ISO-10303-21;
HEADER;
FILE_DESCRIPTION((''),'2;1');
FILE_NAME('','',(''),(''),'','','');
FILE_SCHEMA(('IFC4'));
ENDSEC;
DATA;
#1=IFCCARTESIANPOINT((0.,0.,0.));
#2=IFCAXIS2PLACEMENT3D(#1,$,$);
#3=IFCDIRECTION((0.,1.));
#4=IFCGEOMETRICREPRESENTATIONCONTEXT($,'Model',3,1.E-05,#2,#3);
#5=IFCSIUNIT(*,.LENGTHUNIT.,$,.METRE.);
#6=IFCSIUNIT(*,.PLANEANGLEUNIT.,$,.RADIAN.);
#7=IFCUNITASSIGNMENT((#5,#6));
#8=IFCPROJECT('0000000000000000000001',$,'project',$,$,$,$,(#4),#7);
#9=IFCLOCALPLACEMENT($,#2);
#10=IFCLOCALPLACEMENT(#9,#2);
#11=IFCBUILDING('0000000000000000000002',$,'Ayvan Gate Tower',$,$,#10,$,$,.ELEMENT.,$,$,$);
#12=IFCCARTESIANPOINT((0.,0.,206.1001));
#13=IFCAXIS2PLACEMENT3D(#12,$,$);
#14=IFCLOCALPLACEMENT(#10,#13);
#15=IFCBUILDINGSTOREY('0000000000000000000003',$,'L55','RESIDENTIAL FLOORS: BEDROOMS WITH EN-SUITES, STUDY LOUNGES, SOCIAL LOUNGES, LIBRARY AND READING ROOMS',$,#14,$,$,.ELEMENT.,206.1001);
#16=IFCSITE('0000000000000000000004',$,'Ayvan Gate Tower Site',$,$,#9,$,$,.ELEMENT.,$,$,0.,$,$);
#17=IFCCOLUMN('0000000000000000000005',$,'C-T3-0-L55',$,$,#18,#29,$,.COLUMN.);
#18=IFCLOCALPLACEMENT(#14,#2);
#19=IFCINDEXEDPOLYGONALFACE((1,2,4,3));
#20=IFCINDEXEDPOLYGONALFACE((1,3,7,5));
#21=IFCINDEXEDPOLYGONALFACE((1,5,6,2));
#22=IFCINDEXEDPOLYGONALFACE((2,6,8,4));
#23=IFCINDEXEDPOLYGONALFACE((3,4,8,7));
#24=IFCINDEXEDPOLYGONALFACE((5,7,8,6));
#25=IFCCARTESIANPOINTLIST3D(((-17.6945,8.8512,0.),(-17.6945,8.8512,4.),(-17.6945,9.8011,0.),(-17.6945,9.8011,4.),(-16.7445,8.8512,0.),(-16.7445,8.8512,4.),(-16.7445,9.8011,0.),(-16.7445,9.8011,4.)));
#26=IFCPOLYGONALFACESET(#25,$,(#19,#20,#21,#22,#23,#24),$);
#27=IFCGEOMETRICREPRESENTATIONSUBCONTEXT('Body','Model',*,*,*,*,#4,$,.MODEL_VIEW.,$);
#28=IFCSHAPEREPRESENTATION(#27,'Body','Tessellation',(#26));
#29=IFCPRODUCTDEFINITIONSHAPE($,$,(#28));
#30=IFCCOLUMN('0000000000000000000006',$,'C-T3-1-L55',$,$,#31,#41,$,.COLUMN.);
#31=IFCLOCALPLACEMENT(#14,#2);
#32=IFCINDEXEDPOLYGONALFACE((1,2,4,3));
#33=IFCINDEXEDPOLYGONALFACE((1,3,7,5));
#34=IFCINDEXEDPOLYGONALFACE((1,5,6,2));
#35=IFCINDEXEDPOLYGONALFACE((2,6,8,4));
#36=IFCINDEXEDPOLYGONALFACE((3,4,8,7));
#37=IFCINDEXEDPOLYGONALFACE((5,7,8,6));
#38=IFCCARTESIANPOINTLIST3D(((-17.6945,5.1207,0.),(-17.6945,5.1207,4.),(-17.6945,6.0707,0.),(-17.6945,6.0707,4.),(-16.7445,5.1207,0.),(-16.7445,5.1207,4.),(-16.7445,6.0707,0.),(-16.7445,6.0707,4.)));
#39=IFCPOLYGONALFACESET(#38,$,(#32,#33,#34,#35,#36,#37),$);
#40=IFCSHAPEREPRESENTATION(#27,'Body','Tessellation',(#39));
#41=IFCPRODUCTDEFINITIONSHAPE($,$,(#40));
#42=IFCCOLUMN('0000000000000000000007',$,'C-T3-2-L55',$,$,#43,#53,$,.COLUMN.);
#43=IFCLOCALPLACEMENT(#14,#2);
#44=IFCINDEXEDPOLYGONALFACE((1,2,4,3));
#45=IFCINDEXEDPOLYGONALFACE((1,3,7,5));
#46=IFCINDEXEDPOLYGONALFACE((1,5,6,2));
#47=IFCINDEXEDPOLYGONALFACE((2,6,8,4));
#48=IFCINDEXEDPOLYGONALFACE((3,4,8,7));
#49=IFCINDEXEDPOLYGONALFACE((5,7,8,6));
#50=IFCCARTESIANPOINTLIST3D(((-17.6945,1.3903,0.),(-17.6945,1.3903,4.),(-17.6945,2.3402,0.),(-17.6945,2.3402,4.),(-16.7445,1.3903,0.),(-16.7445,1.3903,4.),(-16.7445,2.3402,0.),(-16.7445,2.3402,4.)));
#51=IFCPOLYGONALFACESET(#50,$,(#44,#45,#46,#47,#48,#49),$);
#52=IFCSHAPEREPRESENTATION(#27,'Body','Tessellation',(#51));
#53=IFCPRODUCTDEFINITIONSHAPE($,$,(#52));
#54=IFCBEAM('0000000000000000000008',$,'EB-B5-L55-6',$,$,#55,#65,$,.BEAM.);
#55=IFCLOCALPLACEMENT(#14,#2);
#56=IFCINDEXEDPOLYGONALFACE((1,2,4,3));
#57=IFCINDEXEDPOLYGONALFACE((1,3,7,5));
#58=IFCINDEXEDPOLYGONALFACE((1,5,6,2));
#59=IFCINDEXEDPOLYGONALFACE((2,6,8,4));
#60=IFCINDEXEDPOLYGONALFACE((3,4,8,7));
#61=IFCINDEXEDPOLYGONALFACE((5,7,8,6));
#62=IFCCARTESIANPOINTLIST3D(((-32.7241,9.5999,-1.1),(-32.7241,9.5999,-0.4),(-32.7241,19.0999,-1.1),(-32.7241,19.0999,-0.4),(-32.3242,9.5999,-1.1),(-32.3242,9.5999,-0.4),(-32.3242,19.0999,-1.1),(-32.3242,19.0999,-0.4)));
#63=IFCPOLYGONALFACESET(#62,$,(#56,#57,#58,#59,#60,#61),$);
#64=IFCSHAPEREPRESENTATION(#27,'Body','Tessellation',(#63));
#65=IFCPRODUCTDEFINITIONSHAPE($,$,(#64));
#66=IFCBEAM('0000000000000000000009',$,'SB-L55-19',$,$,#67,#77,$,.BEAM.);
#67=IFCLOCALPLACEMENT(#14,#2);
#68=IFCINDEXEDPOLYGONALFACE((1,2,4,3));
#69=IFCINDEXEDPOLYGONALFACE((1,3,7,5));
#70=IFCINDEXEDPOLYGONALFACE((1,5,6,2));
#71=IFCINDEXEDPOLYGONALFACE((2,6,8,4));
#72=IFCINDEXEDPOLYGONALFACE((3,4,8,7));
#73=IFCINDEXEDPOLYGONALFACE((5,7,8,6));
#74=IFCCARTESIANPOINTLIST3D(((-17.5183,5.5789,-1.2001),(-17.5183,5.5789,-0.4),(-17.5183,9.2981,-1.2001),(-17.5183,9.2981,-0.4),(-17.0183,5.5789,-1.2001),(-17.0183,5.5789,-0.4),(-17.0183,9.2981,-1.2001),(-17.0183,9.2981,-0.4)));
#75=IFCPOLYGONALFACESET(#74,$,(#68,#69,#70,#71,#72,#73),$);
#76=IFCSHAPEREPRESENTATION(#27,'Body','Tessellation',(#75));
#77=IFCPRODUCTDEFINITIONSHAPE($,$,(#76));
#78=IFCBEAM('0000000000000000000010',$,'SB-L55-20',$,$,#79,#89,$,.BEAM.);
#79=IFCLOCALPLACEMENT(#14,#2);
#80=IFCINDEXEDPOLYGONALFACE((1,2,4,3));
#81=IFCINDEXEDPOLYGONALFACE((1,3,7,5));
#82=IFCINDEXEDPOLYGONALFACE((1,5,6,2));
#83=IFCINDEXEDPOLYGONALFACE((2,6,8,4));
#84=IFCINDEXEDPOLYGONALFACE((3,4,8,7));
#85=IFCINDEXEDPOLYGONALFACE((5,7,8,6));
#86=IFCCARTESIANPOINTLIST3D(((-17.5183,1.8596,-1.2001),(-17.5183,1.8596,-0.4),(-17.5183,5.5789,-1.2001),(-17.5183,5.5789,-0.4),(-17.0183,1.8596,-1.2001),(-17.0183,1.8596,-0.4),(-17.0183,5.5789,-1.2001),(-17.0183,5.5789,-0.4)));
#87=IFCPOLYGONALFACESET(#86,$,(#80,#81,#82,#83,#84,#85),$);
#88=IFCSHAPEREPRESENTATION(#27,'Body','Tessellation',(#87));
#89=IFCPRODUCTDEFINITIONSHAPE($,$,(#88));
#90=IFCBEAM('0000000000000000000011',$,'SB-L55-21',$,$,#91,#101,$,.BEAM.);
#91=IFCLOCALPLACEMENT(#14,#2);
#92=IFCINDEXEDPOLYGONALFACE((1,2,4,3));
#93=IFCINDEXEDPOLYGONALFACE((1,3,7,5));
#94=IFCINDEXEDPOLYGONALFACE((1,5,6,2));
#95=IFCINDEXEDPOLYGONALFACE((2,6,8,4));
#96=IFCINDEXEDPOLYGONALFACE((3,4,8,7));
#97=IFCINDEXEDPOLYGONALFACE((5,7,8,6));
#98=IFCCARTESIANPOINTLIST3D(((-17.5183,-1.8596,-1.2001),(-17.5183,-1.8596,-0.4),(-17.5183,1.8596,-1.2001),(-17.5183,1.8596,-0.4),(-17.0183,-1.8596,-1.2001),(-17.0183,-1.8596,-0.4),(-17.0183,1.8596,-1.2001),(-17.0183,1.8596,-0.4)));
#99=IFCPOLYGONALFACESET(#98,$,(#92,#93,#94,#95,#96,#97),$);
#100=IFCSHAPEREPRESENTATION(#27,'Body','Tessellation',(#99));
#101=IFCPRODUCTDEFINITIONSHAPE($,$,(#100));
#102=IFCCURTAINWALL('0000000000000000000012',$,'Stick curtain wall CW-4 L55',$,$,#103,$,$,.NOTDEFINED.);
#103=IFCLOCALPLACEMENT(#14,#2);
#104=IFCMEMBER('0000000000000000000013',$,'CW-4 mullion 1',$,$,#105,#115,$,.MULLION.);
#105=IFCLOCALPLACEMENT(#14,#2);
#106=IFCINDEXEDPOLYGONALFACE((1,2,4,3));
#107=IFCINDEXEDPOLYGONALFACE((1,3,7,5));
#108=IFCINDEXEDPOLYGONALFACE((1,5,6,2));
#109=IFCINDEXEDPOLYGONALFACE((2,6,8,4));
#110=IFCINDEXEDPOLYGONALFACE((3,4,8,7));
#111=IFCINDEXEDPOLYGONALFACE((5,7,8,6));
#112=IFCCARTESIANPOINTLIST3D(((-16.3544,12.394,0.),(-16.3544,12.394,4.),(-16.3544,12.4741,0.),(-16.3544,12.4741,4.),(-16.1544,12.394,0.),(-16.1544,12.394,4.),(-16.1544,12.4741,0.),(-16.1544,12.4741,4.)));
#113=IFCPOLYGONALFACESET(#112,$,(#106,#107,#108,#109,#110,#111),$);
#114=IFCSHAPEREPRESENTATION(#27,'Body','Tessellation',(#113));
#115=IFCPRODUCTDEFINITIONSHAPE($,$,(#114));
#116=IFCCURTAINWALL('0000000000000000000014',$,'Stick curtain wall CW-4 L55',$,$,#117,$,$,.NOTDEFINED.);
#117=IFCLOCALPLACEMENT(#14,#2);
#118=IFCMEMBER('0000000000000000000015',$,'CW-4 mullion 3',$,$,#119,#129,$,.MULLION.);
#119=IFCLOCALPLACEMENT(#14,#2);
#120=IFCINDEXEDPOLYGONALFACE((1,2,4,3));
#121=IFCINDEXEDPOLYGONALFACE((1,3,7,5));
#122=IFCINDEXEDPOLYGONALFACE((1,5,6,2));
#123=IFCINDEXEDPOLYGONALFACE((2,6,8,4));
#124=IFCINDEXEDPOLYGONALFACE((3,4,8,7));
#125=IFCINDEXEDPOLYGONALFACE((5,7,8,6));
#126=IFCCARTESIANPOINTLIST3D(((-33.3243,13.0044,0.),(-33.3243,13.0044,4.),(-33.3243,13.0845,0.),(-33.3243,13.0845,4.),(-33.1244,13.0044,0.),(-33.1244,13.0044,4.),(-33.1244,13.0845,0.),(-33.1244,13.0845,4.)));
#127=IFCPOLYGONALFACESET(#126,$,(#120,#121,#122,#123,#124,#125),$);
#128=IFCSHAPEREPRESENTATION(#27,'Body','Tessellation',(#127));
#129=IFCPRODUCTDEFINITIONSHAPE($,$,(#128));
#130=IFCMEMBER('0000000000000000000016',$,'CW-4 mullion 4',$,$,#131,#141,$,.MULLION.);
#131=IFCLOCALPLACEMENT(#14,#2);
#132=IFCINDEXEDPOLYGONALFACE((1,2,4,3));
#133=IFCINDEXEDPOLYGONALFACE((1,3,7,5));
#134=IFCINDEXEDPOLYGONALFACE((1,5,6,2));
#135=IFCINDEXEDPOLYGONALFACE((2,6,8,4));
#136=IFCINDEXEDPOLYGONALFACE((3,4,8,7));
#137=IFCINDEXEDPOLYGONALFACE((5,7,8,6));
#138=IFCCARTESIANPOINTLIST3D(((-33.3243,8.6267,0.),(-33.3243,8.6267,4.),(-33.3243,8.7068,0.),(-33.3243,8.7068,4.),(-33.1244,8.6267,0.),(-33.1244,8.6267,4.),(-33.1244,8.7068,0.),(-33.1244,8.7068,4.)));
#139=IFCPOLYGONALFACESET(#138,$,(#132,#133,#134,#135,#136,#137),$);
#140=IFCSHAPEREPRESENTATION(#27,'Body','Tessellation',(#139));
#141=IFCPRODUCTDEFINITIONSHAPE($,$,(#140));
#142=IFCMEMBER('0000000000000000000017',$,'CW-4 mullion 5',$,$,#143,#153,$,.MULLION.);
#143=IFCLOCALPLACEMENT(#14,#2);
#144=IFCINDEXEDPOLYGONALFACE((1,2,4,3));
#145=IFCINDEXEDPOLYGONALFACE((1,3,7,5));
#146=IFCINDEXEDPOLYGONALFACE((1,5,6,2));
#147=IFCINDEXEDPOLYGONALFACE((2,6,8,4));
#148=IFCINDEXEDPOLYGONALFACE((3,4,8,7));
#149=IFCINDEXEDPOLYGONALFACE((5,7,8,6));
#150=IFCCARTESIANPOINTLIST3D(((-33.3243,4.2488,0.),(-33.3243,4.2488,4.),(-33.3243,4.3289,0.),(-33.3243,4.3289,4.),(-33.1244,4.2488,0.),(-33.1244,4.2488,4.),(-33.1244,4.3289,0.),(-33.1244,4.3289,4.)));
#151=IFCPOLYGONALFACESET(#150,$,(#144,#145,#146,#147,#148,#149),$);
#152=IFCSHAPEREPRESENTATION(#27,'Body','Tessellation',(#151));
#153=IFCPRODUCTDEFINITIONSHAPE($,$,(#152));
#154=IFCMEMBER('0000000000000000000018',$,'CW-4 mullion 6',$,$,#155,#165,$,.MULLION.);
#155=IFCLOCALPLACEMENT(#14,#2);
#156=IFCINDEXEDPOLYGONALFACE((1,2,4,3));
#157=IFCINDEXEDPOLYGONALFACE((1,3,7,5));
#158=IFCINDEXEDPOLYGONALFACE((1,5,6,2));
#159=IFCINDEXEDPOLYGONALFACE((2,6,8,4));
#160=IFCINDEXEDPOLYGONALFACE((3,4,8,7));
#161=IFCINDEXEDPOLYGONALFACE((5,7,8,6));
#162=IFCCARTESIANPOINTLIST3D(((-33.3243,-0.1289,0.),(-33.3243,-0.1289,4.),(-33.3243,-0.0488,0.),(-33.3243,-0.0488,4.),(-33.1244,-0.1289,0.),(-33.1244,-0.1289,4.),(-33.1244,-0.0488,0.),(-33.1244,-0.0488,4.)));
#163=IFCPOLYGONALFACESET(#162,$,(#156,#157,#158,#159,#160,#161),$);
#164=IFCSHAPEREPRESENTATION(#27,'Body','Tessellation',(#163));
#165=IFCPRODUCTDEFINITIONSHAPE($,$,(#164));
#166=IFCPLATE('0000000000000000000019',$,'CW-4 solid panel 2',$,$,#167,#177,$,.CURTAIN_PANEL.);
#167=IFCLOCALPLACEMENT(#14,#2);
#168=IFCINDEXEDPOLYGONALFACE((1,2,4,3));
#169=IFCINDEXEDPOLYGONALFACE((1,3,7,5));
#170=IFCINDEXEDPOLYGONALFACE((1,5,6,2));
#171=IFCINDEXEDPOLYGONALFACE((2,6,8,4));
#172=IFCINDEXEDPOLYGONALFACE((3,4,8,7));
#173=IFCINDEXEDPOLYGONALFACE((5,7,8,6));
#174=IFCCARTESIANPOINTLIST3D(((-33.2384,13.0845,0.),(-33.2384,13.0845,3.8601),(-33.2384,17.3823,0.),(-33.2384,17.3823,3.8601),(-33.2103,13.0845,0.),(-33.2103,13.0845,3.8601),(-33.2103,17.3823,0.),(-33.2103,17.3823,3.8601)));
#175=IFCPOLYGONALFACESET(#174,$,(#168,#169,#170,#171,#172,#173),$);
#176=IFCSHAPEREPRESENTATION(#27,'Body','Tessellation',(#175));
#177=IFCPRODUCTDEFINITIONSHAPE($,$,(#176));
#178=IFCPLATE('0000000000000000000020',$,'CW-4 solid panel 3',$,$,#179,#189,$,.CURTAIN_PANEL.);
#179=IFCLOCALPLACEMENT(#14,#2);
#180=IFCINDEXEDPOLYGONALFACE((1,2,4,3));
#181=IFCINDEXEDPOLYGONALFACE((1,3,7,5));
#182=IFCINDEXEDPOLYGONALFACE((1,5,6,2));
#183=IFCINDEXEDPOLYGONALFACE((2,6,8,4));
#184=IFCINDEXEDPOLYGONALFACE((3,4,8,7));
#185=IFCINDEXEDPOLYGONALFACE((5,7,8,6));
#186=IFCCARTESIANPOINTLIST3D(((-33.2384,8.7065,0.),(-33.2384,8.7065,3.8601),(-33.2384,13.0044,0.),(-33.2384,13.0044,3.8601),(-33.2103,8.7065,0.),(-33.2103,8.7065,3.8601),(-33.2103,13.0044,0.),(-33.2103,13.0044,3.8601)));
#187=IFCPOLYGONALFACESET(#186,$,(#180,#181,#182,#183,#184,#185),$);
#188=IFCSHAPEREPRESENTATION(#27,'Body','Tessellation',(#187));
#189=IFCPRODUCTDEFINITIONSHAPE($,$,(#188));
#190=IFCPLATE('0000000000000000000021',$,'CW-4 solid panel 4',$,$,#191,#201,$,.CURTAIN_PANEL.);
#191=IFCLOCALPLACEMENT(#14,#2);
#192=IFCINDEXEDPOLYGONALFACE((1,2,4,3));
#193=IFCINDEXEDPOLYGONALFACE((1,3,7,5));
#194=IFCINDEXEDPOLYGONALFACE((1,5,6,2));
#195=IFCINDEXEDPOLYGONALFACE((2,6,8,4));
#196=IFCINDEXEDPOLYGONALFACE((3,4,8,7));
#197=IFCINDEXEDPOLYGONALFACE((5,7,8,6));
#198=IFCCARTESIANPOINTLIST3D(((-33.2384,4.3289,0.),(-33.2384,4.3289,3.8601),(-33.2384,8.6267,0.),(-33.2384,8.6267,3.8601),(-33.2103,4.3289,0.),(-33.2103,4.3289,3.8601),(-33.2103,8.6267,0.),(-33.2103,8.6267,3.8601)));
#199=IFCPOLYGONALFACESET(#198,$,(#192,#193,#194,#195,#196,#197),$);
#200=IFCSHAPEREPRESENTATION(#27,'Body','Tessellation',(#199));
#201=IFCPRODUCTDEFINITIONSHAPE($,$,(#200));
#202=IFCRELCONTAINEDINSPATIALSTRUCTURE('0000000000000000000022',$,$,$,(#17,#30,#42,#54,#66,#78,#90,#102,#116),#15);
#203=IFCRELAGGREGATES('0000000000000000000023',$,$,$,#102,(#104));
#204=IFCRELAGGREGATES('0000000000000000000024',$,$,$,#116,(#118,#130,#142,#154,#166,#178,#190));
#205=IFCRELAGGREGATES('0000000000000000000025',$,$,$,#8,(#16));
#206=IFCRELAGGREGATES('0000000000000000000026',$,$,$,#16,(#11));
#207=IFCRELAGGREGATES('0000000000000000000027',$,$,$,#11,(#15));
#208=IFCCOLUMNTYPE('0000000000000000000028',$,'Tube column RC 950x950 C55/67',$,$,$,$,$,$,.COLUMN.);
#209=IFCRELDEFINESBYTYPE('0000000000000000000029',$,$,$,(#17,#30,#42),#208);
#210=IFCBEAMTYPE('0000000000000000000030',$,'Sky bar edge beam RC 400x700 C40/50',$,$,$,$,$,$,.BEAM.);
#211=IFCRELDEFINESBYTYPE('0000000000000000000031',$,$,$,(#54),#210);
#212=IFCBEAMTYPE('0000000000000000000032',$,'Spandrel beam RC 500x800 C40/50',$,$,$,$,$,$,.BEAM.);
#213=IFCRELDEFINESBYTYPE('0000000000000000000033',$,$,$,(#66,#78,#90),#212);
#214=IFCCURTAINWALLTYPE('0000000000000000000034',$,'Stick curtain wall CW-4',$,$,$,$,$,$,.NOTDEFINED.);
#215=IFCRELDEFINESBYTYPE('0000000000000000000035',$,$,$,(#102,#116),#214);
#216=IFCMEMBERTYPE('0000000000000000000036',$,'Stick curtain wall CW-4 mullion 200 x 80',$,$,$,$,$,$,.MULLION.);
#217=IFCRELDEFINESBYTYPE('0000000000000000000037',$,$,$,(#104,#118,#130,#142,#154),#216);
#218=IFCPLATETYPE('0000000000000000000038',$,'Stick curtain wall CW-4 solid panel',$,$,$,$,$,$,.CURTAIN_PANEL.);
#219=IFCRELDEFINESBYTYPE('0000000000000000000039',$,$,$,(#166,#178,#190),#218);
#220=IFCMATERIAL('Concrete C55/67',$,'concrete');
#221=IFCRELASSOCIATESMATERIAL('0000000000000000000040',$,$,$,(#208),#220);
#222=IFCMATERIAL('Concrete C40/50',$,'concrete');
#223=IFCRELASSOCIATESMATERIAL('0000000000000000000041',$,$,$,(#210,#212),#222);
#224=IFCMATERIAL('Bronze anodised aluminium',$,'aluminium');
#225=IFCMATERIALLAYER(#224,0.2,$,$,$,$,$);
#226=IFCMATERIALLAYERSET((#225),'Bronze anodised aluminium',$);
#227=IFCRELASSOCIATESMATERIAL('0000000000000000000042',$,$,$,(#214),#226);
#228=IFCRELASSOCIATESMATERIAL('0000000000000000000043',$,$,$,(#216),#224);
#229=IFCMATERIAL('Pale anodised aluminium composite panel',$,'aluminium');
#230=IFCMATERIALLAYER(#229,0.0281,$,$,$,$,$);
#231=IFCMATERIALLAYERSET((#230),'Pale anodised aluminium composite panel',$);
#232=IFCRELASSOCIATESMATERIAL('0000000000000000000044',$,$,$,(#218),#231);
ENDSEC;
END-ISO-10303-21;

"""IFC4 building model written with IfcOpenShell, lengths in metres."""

from ifc_helpers import new_model, si_unit, direction, frame, origin, origin_2d, place, context, subcontext, project, spatial, rectangle, extrude, material, layer, layer_set, material_profile, profile_set, type_object, element, aggregate, save


model = new_model("IFC4")

# Units and contexts
model_context = context("Model", 3, precision=1e-05, world=origin(), true_north=direction((0.0, 1.0)))
body_context = subcontext(model_context, "Body", "Model", "MODEL_VIEW")
ifc_project = project(units=[si_unit("LENGTHUNIT", "METRE"), si_unit("PLANEANGLEUNIT", "RADIAN")], contexts=[model_context])

# Site, building, storey
site_placement = place(None, origin())
site = spatial("IfcSite", under=ifc_project, at=site_placement, Name="Ayvan Gate Tower Site", CompositionType="ELEMENT", RefElevation=0.0)
building_placement = place(site_placement, origin())
building = spatial("IfcBuilding", under=site, at=building_placement, Name="Ayvan Gate Tower", CompositionType="ELEMENT")
storey_placement = place(building_placement, frame((0.0, 0.0, 206.1001)))
storey = spatial("IfcBuildingStorey", under=building, at=storey_placement, Name="L55", Description="RESIDENTIAL FLOORS: BEDROOMS WITH EN-SUITES, STUDY LOUNGES, SOCIAL LOUNGES, LIBRARY AND READING ROOMS", CompositionType="ELEMENT", Elevation=206.1001)

# Columns
ifc_material_1 = material(Name="Concrete C55/67", Category="concrete")
ifc_material_profile_1 = material_profile(ifc_material_1, rectangle(XDim=0.95, YDim=0.95, at=origin_2d()), Name="RC 950x950")
ifc_profile_set_1 = profile_set([ifc_material_profile_1], Name="Concrete C55/67")
column_type = type_object("IfcColumnType", Name="Tube column RC 950x950 C55/67", PredefinedType="COLUMN", material=ifc_profile_set_1)
for number, where, z_axis, x_axis, name in (
    (1, (-17.2195, 9.3262, 0.0), (0.0, 0.0, 1.0), (-1.0, 0.0, 0.0), "C-T3-0-L55"),
    (2, (-17.2195, 5.5957, 0.0), (0.0, 0.0, 1.0), (-1.0, 0.0, 0.0), "C-T3-1-L55"),
    (3, (-17.2195, 1.8652, 0.0), (0.0, 0.0, 1.0), (-1.0, 0.0, 0.0), "C-T3-2-L55"),
):
    element("IfcColumn", number, at=place(storey_placement, frame(where, z_axis=z_axis, x_axis=x_axis)), inside=storey, type_object=column_type, Name=name, PredefinedType="COLUMN", context=body_context, shape_type="SweptSolid", body=[
        extrude(rectangle(XDim=0.95, YDim=0.95, at=origin_2d()), origin(), (0.0, 0.0, 1.0), 4.0),
    ])

# Beams
ifc_material_2 = material(Name="Concrete C40/50", Category="concrete")
ifc_material_profile_2 = material_profile(ifc_material_2, rectangle(XDim=0.3999, YDim=0.7, at=origin_2d()), Name="RC 400x700")
ifc_profile_set_2 = profile_set([ifc_material_profile_2], Name="Concrete C40/50")
beam_type_1 = type_object("IfcBeamType", Name="Sky bar edge beam RC 400x700 C40/50", PredefinedType="BEAM", material=ifc_profile_set_2)
beam_placement = place(storey_placement, frame((-32.5242, 9.5999, -0.75), z_axis=(0.0, 1.0, 0.0), x_axis=(-1.0, 0.0, 0.0)))
element("IfcBeam", 4, at=beam_placement, inside=storey, type_object=beam_type_1, Name="EB-B5-L55-6", PredefinedType="BEAM", context=body_context, shape_type="SweptSolid", body=[
    extrude(rectangle(XDim=0.3999, YDim=0.7, at=origin_2d()), origin(), (0.0, 0.0, 1.0), 9.5),
])
ifc_material_profile_3 = material_profile(ifc_material_2, rectangle(XDim=0.5, YDim=0.8, at=origin_2d()), Name="RC 500x800")
ifc_profile_set_3 = profile_set([ifc_material_profile_3], Name="Concrete C40/50")
beam_type_2 = type_object("IfcBeamType", Name="Spandrel beam RC 500x800 C40/50", PredefinedType="BEAM", material=ifc_profile_set_3)
for number, where, z_axis, x_axis, name in (
    (5, (-17.2683, 9.2981, -0.8), (0.0, -1.0, 0.0), (1.0, 0.0, 0.0), "SB-L55-19"),
    (6, (-17.2683, 5.5789, -0.8), (0.0, -1.0, 0.0), (1.0, 0.0, 0.0), "SB-L55-20"),
    (7, (-17.2683, 1.8596, -0.8), (0.0, -1.0, 0.0), (1.0, 0.0, 0.0), "SB-L55-21"),
):
    element("IfcBeam", number, at=place(storey_placement, frame(where, z_axis=z_axis, x_axis=x_axis)), inside=storey, type_object=beam_type_2, Name=name, PredefinedType="BEAM", context=body_context, shape_type="SweptSolid", body=[
        extrude(rectangle(XDim=0.5, YDim=0.8, at=origin_2d()), origin(), (0.0, 0.0, 1.0), 3.7192),
    ])

# Curtain wall, member
ifc_material_3 = material(Name="Bronze anodised aluminium", Category="aluminium")
ifc_layer_1 = layer(ifc_material_3, 0.2)
ifc_layer_set_1 = layer_set([ifc_layer_1], Name="Bronze anodised aluminium")
curtain_wall_type = type_object("IfcCurtainWallType", Name="Stick curtain wall CW-4", PredefinedType="NOTDEFINED", material=ifc_layer_set_1)
curtain_wall_1_placement = place(storey_placement, origin())
curtain_wall_1 = element("IfcCurtainWall", 8, at=curtain_wall_1_placement, inside=storey, type_object=curtain_wall_type, Name="Stick curtain wall CW-4 L55", PredefinedType="NOTDEFINED")
ifc_material_profile_4 = material_profile(ifc_material_3, rectangle(XDim=0.2, YDim=0.0801, at=origin_2d()), Name="Stick curtain wall CW-4 mullion 200 x 80")
ifc_profile_set_4 = profile_set([ifc_material_profile_4], Name="Bronze anodised aluminium")
member_type = type_object("IfcMemberType", Name="Stick curtain wall CW-4 mullion 200 x 80", PredefinedType="MULLION", material=ifc_profile_set_4)
member_1_placement = place(storey_placement, frame((-16.2544, 12.4341, 0.0), z_axis=(0.0, 0.0, 1.0), x_axis=(1.0, 0.0, 0.0)))
member_1 = element("IfcMember", 9, at=member_1_placement, type_object=member_type, Name="CW-4 mullion 1", PredefinedType="MULLION", context=body_context, shape_type="SweptSolid", body=[
    extrude(rectangle(XDim=0.2, YDim=0.0801, at=origin_2d()), origin(), (0.0, 0.0, 1.0), 4.0),
])
aggregate(curtain_wall_1, [member_1])

# Curtain wall, members, plates
curtain_wall_2_placement = place(storey_placement, origin())
curtain_wall_2 = element("IfcCurtainWall", 10, at=curtain_wall_2_placement, inside=storey, type_object=curtain_wall_type, Name="Stick curtain wall CW-4 L55", PredefinedType="NOTDEFINED")
member_2_placement = place(storey_placement, frame((-33.2244, 13.0444, 0.0), z_axis=(0.0, 0.0, 1.0), x_axis=(-1.0, 0.0, 0.0)))
member_2 = element("IfcMember", 11, at=member_2_placement, type_object=member_type, Name="CW-4 mullion 3", PredefinedType="MULLION", context=body_context, shape_type="SweptSolid", body=[
    extrude(rectangle(XDim=0.2, YDim=0.0801, at=origin_2d()), origin(), (0.0, 0.0, 1.0), 4.0),
])
member_3_placement = place(storey_placement, frame((-33.2244, 8.6667, 0.0), z_axis=(0.0, 0.0, 1.0), x_axis=(-1.0, 0.0, 0.0)))
member_3 = element("IfcMember", 12, at=member_3_placement, type_object=member_type, Name="CW-4 mullion 4", PredefinedType="MULLION", context=body_context, shape_type="SweptSolid", body=[
    extrude(rectangle(XDim=0.2, YDim=0.0801, at=origin_2d()), origin(), (0.0, 0.0, 1.0), 4.0),
])
member_4_placement = place(storey_placement, frame((-33.2244, 4.2888, 0.0), z_axis=(0.0, 0.0, 1.0), x_axis=(-1.0, 0.0, 0.0)))
member_4 = element("IfcMember", 13, at=member_4_placement, type_object=member_type, Name="CW-4 mullion 5", PredefinedType="MULLION", context=body_context, shape_type="SweptSolid", body=[
    extrude(rectangle(XDim=0.2, YDim=0.0801, at=origin_2d()), origin(), (0.0, 0.0, 1.0), 4.0),
])
member_5_placement = place(storey_placement, frame((-33.2244, -0.0889, 0.0), z_axis=(0.0, 0.0, 1.0), x_axis=(-1.0, 0.0, 0.0)))
member_5 = element("IfcMember", 14, at=member_5_placement, type_object=member_type, Name="CW-4 mullion 6", PredefinedType="MULLION", context=body_context, shape_type="SweptSolid", body=[
    extrude(rectangle(XDim=0.2, YDim=0.0801, at=origin_2d()), origin(), (0.0, 0.0, 1.0), 4.0),
])
ifc_material_4 = material(Name="Pale anodised aluminium composite panel", Category="aluminium")
ifc_layer_2 = layer(ifc_material_4, 0.0281)
ifc_layer_set_2 = layer_set([ifc_layer_2], Name="Pale anodised aluminium composite panel")
plate_type = type_object("IfcPlateType", Name="Stick curtain wall CW-4 solid panel", PredefinedType="CURTAIN_PANEL", material=ifc_layer_set_2)
plate_1_placement = place(storey_placement, frame((-33.2244, 15.2334, 0.0), z_axis=(0.0, 0.0, 1.0), x_axis=(0.0, -1.0, 0.0)))
plate_1 = element("IfcPlate", 15, at=plate_1_placement, type_object=plate_type, Name="CW-4 solid panel 2", PredefinedType="CURTAIN_PANEL", context=body_context, shape_type="SweptSolid", body=[
    extrude(rectangle(XDim=4.2979, YDim=0.0281, at=origin_2d()), origin(), (0.0, 0.0, 1.0), 3.8601),
])
plate_2_placement = place(storey_placement, frame((-33.2244, 10.8555, 0.0), z_axis=(0.0, 0.0, 1.0), x_axis=(0.0, -1.0, 0.0)))
plate_2 = element("IfcPlate", 16, at=plate_2_placement, type_object=plate_type, Name="CW-4 solid panel 3", PredefinedType="CURTAIN_PANEL", context=body_context, shape_type="SweptSolid", body=[
    extrude(rectangle(XDim=4.2979, YDim=0.0281, at=origin_2d()), origin(), (0.0, 0.0, 1.0), 3.8601),
])
plate_3_placement = place(storey_placement, frame((-33.2244, 6.4778, 0.0), z_axis=(0.0, 0.0, 1.0), x_axis=(0.0, -1.0, 0.0)))
plate_3 = element("IfcPlate", 17, at=plate_3_placement, type_object=plate_type, Name="CW-4 solid panel 4", PredefinedType="CURTAIN_PANEL", context=body_context, shape_type="SweptSolid", body=[
    extrude(rectangle(XDim=4.2979, YDim=0.0281, at=origin_2d()), origin(), (0.0, 0.0, 1.0), 3.8601),
])
aggregate(curtain_wall_2, [member_2, member_3, member_4, member_5, plate_1, plate_2, plate_3])

save(model, "model.ifc")
